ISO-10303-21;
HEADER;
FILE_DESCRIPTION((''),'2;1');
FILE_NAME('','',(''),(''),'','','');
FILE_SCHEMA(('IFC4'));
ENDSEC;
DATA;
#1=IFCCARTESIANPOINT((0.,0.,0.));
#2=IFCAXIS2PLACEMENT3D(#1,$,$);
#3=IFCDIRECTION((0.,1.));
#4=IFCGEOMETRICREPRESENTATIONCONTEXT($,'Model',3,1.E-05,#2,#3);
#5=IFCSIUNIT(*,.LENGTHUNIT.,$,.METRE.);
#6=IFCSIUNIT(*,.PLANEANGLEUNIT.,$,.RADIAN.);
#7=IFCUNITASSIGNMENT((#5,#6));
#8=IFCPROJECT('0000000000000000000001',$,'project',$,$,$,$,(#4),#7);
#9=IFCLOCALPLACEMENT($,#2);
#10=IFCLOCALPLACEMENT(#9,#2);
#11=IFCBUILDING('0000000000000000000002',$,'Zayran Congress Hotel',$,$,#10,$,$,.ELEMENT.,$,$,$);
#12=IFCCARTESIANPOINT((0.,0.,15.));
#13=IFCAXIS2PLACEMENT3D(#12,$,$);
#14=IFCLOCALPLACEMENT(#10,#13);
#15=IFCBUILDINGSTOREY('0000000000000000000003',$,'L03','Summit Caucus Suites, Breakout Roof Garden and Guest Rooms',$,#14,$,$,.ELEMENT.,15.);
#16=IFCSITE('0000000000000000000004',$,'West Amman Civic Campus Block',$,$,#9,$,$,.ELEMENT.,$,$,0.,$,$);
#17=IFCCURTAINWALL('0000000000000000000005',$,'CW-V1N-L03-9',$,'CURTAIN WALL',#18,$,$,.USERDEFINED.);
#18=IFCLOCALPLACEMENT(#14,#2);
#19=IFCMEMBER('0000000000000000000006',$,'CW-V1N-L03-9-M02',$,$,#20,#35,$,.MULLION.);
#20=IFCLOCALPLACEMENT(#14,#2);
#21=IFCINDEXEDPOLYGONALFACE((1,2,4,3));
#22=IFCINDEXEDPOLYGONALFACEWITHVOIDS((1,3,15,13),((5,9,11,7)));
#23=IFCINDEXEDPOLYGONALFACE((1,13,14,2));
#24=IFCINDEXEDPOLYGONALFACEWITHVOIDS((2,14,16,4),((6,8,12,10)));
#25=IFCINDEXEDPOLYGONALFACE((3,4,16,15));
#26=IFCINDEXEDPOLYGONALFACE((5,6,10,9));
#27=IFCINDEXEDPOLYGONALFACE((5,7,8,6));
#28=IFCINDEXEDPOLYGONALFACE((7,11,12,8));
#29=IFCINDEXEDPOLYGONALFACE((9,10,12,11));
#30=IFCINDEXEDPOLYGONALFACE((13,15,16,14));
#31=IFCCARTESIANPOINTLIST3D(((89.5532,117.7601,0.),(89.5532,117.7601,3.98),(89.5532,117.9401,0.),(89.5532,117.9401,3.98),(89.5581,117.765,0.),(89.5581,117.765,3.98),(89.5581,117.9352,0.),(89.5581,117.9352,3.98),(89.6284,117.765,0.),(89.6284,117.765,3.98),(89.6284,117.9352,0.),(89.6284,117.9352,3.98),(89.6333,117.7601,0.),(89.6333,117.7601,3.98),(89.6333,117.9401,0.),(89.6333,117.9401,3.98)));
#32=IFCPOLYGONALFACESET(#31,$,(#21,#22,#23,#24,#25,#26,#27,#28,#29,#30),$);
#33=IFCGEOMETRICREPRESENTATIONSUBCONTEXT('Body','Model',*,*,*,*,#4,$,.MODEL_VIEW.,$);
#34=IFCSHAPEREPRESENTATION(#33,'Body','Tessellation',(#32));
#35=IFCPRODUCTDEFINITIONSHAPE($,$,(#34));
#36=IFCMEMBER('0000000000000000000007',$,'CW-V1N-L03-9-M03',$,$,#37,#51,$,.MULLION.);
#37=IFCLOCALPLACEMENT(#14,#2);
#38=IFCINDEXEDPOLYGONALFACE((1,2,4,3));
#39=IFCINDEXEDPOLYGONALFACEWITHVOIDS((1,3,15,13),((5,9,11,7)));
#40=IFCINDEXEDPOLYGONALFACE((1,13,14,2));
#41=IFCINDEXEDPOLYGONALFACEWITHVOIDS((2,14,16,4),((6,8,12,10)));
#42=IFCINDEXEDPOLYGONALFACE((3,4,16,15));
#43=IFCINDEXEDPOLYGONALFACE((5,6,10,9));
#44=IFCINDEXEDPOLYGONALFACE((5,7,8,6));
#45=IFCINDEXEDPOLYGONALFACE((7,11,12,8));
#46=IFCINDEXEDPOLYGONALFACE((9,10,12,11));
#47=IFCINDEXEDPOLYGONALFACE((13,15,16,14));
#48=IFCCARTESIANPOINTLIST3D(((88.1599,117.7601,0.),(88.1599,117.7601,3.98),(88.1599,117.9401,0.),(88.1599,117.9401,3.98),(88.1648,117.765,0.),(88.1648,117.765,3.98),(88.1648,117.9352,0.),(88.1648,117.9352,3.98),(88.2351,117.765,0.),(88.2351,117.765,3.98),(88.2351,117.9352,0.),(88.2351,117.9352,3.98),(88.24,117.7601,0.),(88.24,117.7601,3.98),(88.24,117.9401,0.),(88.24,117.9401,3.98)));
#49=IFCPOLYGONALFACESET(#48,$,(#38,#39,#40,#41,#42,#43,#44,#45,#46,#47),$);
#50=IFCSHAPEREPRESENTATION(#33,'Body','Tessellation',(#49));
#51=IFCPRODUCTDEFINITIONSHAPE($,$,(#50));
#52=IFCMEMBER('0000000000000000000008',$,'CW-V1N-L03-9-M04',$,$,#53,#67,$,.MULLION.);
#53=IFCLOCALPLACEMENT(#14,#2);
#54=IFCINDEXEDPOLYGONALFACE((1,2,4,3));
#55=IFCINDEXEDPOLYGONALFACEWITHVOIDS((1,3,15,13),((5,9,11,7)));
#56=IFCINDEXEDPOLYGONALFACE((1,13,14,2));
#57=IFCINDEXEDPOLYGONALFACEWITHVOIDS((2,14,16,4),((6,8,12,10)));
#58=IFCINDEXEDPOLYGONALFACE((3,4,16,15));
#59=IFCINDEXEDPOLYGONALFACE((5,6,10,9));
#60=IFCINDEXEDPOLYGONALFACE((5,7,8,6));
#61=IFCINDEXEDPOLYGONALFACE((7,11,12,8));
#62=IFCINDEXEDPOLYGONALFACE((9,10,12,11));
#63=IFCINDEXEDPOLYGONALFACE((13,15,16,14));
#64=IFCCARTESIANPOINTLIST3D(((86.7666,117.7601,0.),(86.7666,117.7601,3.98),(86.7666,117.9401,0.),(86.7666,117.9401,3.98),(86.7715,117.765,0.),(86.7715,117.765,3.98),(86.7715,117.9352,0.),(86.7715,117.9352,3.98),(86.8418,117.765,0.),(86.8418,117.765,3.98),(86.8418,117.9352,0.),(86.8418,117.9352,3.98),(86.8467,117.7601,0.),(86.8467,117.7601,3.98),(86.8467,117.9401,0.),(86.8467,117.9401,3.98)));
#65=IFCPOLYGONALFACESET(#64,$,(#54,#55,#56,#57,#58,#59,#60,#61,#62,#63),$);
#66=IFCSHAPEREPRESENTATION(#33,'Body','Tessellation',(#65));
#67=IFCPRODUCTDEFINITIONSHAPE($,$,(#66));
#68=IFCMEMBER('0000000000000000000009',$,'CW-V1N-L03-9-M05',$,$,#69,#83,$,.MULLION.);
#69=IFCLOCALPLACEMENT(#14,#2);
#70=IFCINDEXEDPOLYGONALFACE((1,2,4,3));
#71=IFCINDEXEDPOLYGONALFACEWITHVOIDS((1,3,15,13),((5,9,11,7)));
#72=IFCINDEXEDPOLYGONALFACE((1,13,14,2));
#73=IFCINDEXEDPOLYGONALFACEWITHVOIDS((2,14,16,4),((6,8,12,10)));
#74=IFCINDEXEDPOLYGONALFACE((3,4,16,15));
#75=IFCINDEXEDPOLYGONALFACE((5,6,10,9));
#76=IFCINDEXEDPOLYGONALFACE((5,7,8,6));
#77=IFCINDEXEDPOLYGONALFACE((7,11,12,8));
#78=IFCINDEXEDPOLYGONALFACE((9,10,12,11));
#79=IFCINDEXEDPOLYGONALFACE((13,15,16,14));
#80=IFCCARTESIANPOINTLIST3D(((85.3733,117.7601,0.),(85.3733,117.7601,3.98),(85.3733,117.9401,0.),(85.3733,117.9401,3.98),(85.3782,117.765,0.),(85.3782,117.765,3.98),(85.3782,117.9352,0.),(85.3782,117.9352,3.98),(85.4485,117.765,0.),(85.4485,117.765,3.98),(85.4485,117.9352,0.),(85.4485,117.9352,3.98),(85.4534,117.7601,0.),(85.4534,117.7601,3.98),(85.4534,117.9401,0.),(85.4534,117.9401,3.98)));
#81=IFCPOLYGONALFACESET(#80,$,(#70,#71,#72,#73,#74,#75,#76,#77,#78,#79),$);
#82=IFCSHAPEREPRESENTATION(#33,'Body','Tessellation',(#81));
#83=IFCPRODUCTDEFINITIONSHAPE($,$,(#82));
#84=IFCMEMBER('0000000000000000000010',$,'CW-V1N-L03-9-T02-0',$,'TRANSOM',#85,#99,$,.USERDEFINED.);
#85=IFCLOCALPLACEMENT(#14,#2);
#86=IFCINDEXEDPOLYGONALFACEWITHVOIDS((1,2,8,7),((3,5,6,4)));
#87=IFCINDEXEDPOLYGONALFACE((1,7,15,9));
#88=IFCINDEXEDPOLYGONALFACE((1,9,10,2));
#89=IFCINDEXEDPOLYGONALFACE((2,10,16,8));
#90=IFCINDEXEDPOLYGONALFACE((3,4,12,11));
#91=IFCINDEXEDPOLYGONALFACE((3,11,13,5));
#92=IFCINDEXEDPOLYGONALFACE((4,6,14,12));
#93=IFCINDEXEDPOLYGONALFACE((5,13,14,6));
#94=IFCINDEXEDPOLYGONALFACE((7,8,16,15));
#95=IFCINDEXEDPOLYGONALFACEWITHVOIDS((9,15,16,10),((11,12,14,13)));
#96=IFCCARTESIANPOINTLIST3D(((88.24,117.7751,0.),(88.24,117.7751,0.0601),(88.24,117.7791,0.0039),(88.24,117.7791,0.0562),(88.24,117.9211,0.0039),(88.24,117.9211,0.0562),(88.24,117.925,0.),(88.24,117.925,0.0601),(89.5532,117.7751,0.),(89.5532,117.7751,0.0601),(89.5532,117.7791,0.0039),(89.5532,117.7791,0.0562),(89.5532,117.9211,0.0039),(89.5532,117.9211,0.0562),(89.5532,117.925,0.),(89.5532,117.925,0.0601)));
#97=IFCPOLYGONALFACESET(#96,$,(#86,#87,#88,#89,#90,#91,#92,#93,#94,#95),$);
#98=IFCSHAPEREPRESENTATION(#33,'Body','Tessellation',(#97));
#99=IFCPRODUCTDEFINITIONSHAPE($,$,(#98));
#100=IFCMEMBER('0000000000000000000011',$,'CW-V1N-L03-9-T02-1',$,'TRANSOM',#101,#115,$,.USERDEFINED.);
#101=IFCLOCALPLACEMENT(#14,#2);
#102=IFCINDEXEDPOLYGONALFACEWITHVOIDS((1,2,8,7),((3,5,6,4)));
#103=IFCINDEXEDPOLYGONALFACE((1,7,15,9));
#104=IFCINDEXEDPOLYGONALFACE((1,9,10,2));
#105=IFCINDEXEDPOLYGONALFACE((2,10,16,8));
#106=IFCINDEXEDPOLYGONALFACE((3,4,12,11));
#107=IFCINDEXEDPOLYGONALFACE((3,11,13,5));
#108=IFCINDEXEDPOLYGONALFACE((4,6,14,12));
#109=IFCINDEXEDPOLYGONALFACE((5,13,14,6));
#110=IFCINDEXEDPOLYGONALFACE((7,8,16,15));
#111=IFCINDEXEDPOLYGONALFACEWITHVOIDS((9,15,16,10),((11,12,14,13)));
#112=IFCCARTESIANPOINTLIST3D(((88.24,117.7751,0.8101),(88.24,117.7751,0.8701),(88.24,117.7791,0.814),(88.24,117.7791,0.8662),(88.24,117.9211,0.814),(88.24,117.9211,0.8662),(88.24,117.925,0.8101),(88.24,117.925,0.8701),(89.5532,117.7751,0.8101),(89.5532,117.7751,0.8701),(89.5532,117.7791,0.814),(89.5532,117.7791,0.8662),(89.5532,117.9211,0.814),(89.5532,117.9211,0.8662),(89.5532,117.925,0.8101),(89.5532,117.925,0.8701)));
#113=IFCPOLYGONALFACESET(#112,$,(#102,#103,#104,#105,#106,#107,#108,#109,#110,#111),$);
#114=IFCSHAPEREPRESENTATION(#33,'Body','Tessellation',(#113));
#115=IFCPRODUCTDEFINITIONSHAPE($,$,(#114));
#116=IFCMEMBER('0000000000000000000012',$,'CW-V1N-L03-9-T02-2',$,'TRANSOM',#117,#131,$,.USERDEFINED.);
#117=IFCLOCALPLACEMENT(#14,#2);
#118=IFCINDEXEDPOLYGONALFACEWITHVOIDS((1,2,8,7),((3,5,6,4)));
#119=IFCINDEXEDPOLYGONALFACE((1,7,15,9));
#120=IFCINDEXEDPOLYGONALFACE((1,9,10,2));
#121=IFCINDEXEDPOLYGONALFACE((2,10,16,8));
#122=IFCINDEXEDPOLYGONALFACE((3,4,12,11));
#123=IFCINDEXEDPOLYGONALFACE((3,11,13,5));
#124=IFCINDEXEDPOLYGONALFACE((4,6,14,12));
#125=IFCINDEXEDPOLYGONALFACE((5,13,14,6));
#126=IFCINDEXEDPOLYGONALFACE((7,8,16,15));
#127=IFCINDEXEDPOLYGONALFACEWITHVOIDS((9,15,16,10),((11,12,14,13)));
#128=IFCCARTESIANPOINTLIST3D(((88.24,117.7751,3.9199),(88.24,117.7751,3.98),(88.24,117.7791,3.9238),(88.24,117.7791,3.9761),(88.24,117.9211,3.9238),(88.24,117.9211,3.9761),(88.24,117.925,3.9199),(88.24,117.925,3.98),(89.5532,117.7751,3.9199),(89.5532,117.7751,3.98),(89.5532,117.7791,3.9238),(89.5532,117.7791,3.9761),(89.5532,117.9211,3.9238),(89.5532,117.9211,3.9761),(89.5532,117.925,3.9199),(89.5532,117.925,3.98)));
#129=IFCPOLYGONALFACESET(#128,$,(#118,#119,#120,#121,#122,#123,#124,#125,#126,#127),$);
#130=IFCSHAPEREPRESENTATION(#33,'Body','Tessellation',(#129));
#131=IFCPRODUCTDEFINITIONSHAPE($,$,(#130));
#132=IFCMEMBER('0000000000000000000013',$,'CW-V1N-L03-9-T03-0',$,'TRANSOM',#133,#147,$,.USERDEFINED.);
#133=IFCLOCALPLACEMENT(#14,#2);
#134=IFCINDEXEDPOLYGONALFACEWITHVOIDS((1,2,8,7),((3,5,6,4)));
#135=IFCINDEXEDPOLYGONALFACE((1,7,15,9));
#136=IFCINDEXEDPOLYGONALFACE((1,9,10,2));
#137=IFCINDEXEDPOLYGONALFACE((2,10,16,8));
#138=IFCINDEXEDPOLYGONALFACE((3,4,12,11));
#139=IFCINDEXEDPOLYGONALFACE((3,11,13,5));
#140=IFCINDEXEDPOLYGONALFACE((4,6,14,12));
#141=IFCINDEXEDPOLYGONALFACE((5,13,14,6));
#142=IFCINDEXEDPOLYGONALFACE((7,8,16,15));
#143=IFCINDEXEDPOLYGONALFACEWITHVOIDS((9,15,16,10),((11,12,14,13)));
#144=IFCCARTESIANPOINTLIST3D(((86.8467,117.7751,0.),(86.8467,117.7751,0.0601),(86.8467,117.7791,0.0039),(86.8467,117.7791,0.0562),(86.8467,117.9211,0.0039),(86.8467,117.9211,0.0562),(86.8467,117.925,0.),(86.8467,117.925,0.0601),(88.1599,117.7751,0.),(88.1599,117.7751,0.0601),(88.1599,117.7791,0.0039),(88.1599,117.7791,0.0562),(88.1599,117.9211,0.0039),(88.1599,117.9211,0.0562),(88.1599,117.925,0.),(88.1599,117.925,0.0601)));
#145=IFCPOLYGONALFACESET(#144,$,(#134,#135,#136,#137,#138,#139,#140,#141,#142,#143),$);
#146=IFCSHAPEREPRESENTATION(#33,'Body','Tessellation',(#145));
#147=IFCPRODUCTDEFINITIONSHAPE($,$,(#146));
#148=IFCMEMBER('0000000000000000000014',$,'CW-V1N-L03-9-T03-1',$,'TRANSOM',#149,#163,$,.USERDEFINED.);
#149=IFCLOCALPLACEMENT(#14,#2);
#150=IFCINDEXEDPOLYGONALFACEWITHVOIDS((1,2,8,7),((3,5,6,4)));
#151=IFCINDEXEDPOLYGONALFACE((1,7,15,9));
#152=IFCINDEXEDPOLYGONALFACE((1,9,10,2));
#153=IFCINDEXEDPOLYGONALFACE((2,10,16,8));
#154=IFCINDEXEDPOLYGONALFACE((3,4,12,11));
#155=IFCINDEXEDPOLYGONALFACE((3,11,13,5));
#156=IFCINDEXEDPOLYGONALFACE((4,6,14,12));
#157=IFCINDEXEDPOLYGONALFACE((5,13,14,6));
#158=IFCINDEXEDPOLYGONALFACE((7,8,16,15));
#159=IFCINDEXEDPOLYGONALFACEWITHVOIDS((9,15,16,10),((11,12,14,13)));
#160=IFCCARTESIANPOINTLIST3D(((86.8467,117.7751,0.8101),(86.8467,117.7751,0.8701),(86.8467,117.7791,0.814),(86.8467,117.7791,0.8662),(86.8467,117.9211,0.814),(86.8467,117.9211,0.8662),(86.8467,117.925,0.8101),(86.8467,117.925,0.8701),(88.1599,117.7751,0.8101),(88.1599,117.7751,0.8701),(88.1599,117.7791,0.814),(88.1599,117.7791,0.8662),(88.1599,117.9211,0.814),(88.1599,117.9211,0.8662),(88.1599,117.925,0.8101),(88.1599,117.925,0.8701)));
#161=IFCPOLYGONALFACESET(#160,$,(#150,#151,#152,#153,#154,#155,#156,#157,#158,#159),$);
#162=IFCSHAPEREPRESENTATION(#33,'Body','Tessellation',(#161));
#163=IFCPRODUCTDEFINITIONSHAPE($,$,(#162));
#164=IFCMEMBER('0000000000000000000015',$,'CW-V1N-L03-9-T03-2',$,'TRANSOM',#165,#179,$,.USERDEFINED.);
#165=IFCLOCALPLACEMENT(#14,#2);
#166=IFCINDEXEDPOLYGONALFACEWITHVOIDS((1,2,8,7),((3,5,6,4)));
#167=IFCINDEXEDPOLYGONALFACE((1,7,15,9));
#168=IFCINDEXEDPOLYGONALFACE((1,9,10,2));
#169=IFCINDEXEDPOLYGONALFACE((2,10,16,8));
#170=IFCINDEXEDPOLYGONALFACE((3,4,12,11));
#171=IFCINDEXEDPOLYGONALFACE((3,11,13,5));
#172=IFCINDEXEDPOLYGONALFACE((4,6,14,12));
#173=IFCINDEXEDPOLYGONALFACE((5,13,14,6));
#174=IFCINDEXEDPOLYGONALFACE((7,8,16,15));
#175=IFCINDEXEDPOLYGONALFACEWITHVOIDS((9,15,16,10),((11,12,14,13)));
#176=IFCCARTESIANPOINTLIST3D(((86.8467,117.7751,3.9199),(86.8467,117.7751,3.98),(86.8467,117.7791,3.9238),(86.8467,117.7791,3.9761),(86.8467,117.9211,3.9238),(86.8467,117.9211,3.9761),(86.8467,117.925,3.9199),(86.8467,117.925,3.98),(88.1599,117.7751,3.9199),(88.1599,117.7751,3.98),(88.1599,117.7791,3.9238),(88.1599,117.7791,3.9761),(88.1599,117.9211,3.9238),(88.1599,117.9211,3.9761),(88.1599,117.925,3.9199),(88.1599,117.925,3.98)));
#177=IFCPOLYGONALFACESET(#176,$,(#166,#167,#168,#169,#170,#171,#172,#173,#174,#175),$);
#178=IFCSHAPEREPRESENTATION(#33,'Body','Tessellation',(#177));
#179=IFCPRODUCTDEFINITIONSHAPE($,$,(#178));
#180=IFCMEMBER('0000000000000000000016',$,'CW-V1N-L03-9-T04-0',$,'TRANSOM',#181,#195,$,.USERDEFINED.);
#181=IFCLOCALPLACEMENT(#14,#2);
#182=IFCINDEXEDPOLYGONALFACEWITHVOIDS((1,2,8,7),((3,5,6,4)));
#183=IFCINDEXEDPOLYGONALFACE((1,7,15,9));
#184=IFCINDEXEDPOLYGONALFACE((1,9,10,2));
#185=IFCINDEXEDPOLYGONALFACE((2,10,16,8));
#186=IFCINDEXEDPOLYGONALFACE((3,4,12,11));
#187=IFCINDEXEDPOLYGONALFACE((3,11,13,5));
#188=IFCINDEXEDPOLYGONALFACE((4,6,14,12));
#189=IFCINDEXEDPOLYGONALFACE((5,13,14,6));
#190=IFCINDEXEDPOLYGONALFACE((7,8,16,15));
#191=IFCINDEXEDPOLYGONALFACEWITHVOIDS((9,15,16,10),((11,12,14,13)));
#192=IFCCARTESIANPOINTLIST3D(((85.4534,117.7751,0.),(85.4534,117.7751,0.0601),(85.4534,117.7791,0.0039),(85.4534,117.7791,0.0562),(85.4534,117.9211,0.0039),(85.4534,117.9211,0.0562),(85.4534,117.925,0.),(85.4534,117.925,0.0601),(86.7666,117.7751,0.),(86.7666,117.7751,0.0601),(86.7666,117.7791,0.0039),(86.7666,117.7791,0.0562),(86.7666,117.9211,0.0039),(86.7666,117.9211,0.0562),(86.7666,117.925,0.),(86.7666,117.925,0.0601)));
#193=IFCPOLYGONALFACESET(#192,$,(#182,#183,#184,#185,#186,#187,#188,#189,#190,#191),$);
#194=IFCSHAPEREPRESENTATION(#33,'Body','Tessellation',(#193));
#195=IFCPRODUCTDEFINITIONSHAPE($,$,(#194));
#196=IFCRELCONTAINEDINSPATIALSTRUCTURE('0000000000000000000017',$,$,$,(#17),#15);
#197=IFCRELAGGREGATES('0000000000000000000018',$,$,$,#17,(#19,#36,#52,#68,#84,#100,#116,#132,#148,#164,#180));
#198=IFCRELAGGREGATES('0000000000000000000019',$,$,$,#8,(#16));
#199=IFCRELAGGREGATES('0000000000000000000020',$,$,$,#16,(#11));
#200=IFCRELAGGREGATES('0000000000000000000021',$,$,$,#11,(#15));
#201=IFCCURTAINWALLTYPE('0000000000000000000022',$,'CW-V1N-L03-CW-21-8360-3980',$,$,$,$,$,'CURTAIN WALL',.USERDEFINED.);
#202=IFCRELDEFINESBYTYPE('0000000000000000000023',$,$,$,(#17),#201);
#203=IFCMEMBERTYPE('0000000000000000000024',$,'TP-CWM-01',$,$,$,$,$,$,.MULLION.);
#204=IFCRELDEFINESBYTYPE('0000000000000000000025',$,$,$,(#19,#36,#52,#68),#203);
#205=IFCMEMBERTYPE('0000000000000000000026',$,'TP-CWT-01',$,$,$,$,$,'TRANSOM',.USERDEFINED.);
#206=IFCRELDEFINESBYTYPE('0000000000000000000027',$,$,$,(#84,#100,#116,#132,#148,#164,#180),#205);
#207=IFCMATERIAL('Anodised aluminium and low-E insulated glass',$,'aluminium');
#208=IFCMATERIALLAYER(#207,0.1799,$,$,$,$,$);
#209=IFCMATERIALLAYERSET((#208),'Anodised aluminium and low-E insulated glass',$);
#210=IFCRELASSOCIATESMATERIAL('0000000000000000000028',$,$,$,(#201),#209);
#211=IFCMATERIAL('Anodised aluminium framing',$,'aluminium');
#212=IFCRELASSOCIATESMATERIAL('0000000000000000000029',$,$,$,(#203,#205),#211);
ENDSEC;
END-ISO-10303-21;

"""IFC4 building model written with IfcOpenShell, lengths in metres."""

from ifc_helpers import new_model, si_unit, direction, frame, origin, origin_2d, place, context, subcontext, project, spatial, hollow_rectangle, extrude, material, layer, layer_set, material_profile, profile_set, type_object, element, aggregate, save


model = new_model("IFC4")

# Units and contexts
model_context = context("Model", 3, precision=1e-05, world=origin(), true_north=direction((0.0, 1.0)))
body_context = subcontext(model_context, "Body", "Model", "MODEL_VIEW")
ifc_project = project(units=[si_unit("LENGTHUNIT", "METRE"), si_unit("PLANEANGLEUNIT", "RADIAN")], contexts=[model_context])

# Site, building, storey
site_placement = place(None, origin())
site = spatial("IfcSite", under=ifc_project, at=site_placement, Name="West Amman Civic Campus Block", CompositionType="ELEMENT", RefElevation=0.0)
building_placement = place(site_placement, origin())
building = spatial("IfcBuilding", under=site, at=building_placement, Name="Zayran Congress Hotel", CompositionType="ELEMENT")
storey_placement = place(building_placement, frame((0.0, 0.0, 15.0)))
storey = spatial("IfcBuildingStorey", under=building, at=storey_placement, Name="L03", Description="Summit Caucus Suites, Breakout Roof Garden and Guest Rooms", CompositionType="ELEMENT", Elevation=15.0)

# Curtain wall, members
ifc_material_1 = material(Name="Anodised aluminium and low-E insulated glass", Category="aluminium")
ifc_layer_1 = layer(ifc_material_1, 0.1799)
ifc_layer_set_1 = layer_set([ifc_layer_1], Name="Anodised aluminium and low-E insulated glass")
curtain_wall_type = type_object("IfcCurtainWallType", Name="CW-V1N-L03-CW-21-8360-3980", ElementType="CURTAIN WALL", PredefinedType="USERDEFINED", material=ifc_layer_set_1)
curtain_wall_placement = place(storey_placement, origin())
curtain_wall = element("IfcCurtainWall", 1, at=curtain_wall_placement, inside=storey, type_object=curtain_wall_type, Name="CW-V1N-L03-9", ObjectType="CURTAIN WALL", PredefinedType="USERDEFINED")
ifc_material_2 = material(Name="Anodised aluminium framing", Category="aluminium")
ifc_material_profile_1 = material_profile(ifc_material_2, hollow_rectangle(XDim=0.0801, YDim=0.1799, WallThickness=0.0049, at=origin_2d()), Name="RHS 180x80x5")
ifc_profile_set_1 = profile_set([ifc_material_profile_1], Name="Anodised aluminium framing")
member_type_1 = type_object("IfcMemberType", Name="TP-CWM-01", PredefinedType="MULLION", material=ifc_profile_set_1)
member_1_placement = place(storey_placement, frame((89.5933, 117.8501, 0.0), z_axis=(0.0, 0.0, 1.0), x_axis=(1.0, 0.0, 0.0)))
member_1 = element("IfcMember", 2, at=member_1_placement, type_object=member_type_1, Name="CW-V1N-L03-9-M02", PredefinedType="MULLION", context=body_context, shape_type="SweptSolid", body=[
    extrude(hollow_rectangle(XDim=0.0801, YDim=0.1799, WallThickness=0.0049, at=origin_2d()), origin(), (0.0, 0.0, 1.0), 3.98),
])
member_2_placement = place(storey_placement, frame((88.2, 117.8501, 0.0), z_axis=(0.0, 0.0, 1.0), x_axis=(1.0, 0.0, 0.0)))
member_2 = element("IfcMember", 3, at=member_2_placement, type_object=member_type_1, Name="CW-V1N-L03-9-M03", PredefinedType="MULLION", context=body_context, shape_type="SweptSolid", body=[
    extrude(hollow_rectangle(XDim=0.0801, YDim=0.1799, WallThickness=0.0049, at=origin_2d()), origin(), (0.0, 0.0, 1.0), 3.98),
])
member_3_placement = place(storey_placement, frame((86.8066, 117.8501, 0.0), z_axis=(0.0, 0.0, 1.0), x_axis=(1.0, 0.0, 0.0)))
member_3 = element("IfcMember", 4, at=member_3_placement, type_object=member_type_1, Name="CW-V1N-L03-9-M04", PredefinedType="MULLION", context=body_context, shape_type="SweptSolid", body=[
    extrude(hollow_rectangle(XDim=0.0801, YDim=0.1799, WallThickness=0.0049, at=origin_2d()), origin(), (0.0, 0.0, 1.0), 3.98),
])
member_4_placement = place(storey_placement, frame((85.4133, 117.8501, 0.0), z_axis=(0.0, 0.0, 1.0), x_axis=(1.0, 0.0, 0.0)))
member_4 = element("IfcMember", 5, at=member_4_placement, type_object=member_type_1, Name="CW-V1N-L03-9-M05", PredefinedType="MULLION", context=body_context, shape_type="SweptSolid", body=[
    extrude(hollow_rectangle(XDim=0.0801, YDim=0.1799, WallThickness=0.0049, at=origin_2d()), origin(), (0.0, 0.0, 1.0), 3.98),
])
ifc_material_profile_2 = material_profile(ifc_material_2, hollow_rectangle(XDim=0.0601, YDim=0.1499, WallThickness=0.0039, at=origin_2d()), Name="RHS 150x60x4")
ifc_profile_set_2 = profile_set([ifc_material_profile_2], Name="Anodised aluminium framing")
member_type_2 = type_object("IfcMemberType", Name="TP-CWT-01", ElementType="TRANSOM", PredefinedType="USERDEFINED", material=ifc_profile_set_2)
member_5_placement = place(storey_placement, frame((89.5532, 117.8501, 0.03), z_axis=(-1.0, 0.0, 0.0), x_axis=(0.0, 0.0, 1.0)))
member_5 = element("IfcMember", 6, at=member_5_placement, type_object=member_type_2, Name="CW-V1N-L03-9-T02-0", ObjectType="TRANSOM", PredefinedType="USERDEFINED", context=body_context, shape_type="SweptSolid", body=[
    extrude(hollow_rectangle(XDim=0.0601, YDim=0.1499, WallThickness=0.0039, at=origin_2d()), origin(), (0.0, 0.0, 1.0), 1.3132),
])
member_6_placement = place(storey_placement, frame((89.5532, 117.8501, 0.8401), z_axis=(-1.0, 0.0, 0.0), x_axis=(0.0, 0.0, 1.0)))
member_6 = element("IfcMember", 7, at=member_6_placement, type_object=member_type_2, Name="CW-V1N-L03-9-T02-1", ObjectType="TRANSOM", PredefinedType="USERDEFINED", context=body_context, shape_type="SweptSolid", body=[
    extrude(hollow_rectangle(XDim=0.0601, YDim=0.1499, WallThickness=0.0039, at=origin_2d()), origin(), (0.0, 0.0, 1.0), 1.3132),
])
member_7_placement = place(storey_placement, frame((89.5532, 117.8501, 3.95), z_axis=(-1.0, 0.0, 0.0), x_axis=(0.0, 0.0, 1.0)))
member_7 = element("IfcMember", 8, at=member_7_placement, type_object=member_type_2, Name="CW-V1N-L03-9-T02-2", ObjectType="TRANSOM", PredefinedType="USERDEFINED", context=body_context, shape_type="SweptSolid", body=[
    extrude(hollow_rectangle(XDim=0.0601, YDim=0.1499, WallThickness=0.0039, at=origin_2d()), origin(), (0.0, 0.0, 1.0), 1.3132),
])
member_8_placement = place(storey_placement, frame((88.1599, 117.8501, 0.03), z_axis=(-1.0, 0.0, 0.0), x_axis=(0.0, 0.0, 1.0)))
member_8 = element("IfcMember", 9, at=member_8_placement, type_object=member_type_2, Name="CW-V1N-L03-9-T03-0", ObjectType="TRANSOM", PredefinedType="USERDEFINED", context=body_context, shape_type="SweptSolid", body=[
    extrude(hollow_rectangle(XDim=0.0601, YDim=0.1499, WallThickness=0.0039, at=origin_2d()), origin(), (0.0, 0.0, 1.0), 1.3132),
])
member_9_placement = place(storey_placement, frame((88.1599, 117.8501, 0.8401), z_axis=(-1.0, 0.0, 0.0), x_axis=(0.0, 0.0, 1.0)))
member_9 = element("IfcMember", 10, at=member_9_placement, type_object=member_type_2, Name="CW-V1N-L03-9-T03-1", ObjectType="TRANSOM", PredefinedType="USERDEFINED", context=body_context, shape_type="SweptSolid", body=[
    extrude(hollow_rectangle(XDim=0.0601, YDim=0.1499, WallThickness=0.0039, at=origin_2d()), origin(), (0.0, 0.0, 1.0), 1.3132),
])
member_10_placement = place(storey_placement, frame((88.1599, 117.8501, 3.95), z_axis=(-1.0, 0.0, 0.0), x_axis=(0.0, 0.0, 1.0)))
member_10 = element("IfcMember", 11, at=member_10_placement, type_object=member_type_2, Name="CW-V1N-L03-9-T03-2", ObjectType="TRANSOM", PredefinedType="USERDEFINED", context=body_context, shape_type="SweptSolid", body=[
    extrude(hollow_rectangle(XDim=0.0601, YDim=0.1499, WallThickness=0.0039, at=origin_2d()), origin(), (0.0, 0.0, 1.0), 1.3132),
])
member_11_placement = place(storey_placement, frame((86.7666, 117.8501, 0.03), z_axis=(-1.0, 0.0, 0.0), x_axis=(0.0, 0.0, 1.0)))
member_11 = element("IfcMember", 12, at=member_11_placement, type_object=member_type_2, Name="CW-V1N-L03-9-T04-0", ObjectType="TRANSOM", PredefinedType="USERDEFINED", context=body_context, shape_type="SweptSolid", body=[
    extrude(hollow_rectangle(XDim=0.0601, YDim=0.1499, WallThickness=0.0039, at=origin_2d()), origin(), (0.0, 0.0, 1.0), 1.3132),
])
aggregate(curtain_wall, [member_1, member_2, member_3, member_4, member_5, member_6, member_7, member_8, member_9, member_10, member_11])

save(model, "model.ifc")
